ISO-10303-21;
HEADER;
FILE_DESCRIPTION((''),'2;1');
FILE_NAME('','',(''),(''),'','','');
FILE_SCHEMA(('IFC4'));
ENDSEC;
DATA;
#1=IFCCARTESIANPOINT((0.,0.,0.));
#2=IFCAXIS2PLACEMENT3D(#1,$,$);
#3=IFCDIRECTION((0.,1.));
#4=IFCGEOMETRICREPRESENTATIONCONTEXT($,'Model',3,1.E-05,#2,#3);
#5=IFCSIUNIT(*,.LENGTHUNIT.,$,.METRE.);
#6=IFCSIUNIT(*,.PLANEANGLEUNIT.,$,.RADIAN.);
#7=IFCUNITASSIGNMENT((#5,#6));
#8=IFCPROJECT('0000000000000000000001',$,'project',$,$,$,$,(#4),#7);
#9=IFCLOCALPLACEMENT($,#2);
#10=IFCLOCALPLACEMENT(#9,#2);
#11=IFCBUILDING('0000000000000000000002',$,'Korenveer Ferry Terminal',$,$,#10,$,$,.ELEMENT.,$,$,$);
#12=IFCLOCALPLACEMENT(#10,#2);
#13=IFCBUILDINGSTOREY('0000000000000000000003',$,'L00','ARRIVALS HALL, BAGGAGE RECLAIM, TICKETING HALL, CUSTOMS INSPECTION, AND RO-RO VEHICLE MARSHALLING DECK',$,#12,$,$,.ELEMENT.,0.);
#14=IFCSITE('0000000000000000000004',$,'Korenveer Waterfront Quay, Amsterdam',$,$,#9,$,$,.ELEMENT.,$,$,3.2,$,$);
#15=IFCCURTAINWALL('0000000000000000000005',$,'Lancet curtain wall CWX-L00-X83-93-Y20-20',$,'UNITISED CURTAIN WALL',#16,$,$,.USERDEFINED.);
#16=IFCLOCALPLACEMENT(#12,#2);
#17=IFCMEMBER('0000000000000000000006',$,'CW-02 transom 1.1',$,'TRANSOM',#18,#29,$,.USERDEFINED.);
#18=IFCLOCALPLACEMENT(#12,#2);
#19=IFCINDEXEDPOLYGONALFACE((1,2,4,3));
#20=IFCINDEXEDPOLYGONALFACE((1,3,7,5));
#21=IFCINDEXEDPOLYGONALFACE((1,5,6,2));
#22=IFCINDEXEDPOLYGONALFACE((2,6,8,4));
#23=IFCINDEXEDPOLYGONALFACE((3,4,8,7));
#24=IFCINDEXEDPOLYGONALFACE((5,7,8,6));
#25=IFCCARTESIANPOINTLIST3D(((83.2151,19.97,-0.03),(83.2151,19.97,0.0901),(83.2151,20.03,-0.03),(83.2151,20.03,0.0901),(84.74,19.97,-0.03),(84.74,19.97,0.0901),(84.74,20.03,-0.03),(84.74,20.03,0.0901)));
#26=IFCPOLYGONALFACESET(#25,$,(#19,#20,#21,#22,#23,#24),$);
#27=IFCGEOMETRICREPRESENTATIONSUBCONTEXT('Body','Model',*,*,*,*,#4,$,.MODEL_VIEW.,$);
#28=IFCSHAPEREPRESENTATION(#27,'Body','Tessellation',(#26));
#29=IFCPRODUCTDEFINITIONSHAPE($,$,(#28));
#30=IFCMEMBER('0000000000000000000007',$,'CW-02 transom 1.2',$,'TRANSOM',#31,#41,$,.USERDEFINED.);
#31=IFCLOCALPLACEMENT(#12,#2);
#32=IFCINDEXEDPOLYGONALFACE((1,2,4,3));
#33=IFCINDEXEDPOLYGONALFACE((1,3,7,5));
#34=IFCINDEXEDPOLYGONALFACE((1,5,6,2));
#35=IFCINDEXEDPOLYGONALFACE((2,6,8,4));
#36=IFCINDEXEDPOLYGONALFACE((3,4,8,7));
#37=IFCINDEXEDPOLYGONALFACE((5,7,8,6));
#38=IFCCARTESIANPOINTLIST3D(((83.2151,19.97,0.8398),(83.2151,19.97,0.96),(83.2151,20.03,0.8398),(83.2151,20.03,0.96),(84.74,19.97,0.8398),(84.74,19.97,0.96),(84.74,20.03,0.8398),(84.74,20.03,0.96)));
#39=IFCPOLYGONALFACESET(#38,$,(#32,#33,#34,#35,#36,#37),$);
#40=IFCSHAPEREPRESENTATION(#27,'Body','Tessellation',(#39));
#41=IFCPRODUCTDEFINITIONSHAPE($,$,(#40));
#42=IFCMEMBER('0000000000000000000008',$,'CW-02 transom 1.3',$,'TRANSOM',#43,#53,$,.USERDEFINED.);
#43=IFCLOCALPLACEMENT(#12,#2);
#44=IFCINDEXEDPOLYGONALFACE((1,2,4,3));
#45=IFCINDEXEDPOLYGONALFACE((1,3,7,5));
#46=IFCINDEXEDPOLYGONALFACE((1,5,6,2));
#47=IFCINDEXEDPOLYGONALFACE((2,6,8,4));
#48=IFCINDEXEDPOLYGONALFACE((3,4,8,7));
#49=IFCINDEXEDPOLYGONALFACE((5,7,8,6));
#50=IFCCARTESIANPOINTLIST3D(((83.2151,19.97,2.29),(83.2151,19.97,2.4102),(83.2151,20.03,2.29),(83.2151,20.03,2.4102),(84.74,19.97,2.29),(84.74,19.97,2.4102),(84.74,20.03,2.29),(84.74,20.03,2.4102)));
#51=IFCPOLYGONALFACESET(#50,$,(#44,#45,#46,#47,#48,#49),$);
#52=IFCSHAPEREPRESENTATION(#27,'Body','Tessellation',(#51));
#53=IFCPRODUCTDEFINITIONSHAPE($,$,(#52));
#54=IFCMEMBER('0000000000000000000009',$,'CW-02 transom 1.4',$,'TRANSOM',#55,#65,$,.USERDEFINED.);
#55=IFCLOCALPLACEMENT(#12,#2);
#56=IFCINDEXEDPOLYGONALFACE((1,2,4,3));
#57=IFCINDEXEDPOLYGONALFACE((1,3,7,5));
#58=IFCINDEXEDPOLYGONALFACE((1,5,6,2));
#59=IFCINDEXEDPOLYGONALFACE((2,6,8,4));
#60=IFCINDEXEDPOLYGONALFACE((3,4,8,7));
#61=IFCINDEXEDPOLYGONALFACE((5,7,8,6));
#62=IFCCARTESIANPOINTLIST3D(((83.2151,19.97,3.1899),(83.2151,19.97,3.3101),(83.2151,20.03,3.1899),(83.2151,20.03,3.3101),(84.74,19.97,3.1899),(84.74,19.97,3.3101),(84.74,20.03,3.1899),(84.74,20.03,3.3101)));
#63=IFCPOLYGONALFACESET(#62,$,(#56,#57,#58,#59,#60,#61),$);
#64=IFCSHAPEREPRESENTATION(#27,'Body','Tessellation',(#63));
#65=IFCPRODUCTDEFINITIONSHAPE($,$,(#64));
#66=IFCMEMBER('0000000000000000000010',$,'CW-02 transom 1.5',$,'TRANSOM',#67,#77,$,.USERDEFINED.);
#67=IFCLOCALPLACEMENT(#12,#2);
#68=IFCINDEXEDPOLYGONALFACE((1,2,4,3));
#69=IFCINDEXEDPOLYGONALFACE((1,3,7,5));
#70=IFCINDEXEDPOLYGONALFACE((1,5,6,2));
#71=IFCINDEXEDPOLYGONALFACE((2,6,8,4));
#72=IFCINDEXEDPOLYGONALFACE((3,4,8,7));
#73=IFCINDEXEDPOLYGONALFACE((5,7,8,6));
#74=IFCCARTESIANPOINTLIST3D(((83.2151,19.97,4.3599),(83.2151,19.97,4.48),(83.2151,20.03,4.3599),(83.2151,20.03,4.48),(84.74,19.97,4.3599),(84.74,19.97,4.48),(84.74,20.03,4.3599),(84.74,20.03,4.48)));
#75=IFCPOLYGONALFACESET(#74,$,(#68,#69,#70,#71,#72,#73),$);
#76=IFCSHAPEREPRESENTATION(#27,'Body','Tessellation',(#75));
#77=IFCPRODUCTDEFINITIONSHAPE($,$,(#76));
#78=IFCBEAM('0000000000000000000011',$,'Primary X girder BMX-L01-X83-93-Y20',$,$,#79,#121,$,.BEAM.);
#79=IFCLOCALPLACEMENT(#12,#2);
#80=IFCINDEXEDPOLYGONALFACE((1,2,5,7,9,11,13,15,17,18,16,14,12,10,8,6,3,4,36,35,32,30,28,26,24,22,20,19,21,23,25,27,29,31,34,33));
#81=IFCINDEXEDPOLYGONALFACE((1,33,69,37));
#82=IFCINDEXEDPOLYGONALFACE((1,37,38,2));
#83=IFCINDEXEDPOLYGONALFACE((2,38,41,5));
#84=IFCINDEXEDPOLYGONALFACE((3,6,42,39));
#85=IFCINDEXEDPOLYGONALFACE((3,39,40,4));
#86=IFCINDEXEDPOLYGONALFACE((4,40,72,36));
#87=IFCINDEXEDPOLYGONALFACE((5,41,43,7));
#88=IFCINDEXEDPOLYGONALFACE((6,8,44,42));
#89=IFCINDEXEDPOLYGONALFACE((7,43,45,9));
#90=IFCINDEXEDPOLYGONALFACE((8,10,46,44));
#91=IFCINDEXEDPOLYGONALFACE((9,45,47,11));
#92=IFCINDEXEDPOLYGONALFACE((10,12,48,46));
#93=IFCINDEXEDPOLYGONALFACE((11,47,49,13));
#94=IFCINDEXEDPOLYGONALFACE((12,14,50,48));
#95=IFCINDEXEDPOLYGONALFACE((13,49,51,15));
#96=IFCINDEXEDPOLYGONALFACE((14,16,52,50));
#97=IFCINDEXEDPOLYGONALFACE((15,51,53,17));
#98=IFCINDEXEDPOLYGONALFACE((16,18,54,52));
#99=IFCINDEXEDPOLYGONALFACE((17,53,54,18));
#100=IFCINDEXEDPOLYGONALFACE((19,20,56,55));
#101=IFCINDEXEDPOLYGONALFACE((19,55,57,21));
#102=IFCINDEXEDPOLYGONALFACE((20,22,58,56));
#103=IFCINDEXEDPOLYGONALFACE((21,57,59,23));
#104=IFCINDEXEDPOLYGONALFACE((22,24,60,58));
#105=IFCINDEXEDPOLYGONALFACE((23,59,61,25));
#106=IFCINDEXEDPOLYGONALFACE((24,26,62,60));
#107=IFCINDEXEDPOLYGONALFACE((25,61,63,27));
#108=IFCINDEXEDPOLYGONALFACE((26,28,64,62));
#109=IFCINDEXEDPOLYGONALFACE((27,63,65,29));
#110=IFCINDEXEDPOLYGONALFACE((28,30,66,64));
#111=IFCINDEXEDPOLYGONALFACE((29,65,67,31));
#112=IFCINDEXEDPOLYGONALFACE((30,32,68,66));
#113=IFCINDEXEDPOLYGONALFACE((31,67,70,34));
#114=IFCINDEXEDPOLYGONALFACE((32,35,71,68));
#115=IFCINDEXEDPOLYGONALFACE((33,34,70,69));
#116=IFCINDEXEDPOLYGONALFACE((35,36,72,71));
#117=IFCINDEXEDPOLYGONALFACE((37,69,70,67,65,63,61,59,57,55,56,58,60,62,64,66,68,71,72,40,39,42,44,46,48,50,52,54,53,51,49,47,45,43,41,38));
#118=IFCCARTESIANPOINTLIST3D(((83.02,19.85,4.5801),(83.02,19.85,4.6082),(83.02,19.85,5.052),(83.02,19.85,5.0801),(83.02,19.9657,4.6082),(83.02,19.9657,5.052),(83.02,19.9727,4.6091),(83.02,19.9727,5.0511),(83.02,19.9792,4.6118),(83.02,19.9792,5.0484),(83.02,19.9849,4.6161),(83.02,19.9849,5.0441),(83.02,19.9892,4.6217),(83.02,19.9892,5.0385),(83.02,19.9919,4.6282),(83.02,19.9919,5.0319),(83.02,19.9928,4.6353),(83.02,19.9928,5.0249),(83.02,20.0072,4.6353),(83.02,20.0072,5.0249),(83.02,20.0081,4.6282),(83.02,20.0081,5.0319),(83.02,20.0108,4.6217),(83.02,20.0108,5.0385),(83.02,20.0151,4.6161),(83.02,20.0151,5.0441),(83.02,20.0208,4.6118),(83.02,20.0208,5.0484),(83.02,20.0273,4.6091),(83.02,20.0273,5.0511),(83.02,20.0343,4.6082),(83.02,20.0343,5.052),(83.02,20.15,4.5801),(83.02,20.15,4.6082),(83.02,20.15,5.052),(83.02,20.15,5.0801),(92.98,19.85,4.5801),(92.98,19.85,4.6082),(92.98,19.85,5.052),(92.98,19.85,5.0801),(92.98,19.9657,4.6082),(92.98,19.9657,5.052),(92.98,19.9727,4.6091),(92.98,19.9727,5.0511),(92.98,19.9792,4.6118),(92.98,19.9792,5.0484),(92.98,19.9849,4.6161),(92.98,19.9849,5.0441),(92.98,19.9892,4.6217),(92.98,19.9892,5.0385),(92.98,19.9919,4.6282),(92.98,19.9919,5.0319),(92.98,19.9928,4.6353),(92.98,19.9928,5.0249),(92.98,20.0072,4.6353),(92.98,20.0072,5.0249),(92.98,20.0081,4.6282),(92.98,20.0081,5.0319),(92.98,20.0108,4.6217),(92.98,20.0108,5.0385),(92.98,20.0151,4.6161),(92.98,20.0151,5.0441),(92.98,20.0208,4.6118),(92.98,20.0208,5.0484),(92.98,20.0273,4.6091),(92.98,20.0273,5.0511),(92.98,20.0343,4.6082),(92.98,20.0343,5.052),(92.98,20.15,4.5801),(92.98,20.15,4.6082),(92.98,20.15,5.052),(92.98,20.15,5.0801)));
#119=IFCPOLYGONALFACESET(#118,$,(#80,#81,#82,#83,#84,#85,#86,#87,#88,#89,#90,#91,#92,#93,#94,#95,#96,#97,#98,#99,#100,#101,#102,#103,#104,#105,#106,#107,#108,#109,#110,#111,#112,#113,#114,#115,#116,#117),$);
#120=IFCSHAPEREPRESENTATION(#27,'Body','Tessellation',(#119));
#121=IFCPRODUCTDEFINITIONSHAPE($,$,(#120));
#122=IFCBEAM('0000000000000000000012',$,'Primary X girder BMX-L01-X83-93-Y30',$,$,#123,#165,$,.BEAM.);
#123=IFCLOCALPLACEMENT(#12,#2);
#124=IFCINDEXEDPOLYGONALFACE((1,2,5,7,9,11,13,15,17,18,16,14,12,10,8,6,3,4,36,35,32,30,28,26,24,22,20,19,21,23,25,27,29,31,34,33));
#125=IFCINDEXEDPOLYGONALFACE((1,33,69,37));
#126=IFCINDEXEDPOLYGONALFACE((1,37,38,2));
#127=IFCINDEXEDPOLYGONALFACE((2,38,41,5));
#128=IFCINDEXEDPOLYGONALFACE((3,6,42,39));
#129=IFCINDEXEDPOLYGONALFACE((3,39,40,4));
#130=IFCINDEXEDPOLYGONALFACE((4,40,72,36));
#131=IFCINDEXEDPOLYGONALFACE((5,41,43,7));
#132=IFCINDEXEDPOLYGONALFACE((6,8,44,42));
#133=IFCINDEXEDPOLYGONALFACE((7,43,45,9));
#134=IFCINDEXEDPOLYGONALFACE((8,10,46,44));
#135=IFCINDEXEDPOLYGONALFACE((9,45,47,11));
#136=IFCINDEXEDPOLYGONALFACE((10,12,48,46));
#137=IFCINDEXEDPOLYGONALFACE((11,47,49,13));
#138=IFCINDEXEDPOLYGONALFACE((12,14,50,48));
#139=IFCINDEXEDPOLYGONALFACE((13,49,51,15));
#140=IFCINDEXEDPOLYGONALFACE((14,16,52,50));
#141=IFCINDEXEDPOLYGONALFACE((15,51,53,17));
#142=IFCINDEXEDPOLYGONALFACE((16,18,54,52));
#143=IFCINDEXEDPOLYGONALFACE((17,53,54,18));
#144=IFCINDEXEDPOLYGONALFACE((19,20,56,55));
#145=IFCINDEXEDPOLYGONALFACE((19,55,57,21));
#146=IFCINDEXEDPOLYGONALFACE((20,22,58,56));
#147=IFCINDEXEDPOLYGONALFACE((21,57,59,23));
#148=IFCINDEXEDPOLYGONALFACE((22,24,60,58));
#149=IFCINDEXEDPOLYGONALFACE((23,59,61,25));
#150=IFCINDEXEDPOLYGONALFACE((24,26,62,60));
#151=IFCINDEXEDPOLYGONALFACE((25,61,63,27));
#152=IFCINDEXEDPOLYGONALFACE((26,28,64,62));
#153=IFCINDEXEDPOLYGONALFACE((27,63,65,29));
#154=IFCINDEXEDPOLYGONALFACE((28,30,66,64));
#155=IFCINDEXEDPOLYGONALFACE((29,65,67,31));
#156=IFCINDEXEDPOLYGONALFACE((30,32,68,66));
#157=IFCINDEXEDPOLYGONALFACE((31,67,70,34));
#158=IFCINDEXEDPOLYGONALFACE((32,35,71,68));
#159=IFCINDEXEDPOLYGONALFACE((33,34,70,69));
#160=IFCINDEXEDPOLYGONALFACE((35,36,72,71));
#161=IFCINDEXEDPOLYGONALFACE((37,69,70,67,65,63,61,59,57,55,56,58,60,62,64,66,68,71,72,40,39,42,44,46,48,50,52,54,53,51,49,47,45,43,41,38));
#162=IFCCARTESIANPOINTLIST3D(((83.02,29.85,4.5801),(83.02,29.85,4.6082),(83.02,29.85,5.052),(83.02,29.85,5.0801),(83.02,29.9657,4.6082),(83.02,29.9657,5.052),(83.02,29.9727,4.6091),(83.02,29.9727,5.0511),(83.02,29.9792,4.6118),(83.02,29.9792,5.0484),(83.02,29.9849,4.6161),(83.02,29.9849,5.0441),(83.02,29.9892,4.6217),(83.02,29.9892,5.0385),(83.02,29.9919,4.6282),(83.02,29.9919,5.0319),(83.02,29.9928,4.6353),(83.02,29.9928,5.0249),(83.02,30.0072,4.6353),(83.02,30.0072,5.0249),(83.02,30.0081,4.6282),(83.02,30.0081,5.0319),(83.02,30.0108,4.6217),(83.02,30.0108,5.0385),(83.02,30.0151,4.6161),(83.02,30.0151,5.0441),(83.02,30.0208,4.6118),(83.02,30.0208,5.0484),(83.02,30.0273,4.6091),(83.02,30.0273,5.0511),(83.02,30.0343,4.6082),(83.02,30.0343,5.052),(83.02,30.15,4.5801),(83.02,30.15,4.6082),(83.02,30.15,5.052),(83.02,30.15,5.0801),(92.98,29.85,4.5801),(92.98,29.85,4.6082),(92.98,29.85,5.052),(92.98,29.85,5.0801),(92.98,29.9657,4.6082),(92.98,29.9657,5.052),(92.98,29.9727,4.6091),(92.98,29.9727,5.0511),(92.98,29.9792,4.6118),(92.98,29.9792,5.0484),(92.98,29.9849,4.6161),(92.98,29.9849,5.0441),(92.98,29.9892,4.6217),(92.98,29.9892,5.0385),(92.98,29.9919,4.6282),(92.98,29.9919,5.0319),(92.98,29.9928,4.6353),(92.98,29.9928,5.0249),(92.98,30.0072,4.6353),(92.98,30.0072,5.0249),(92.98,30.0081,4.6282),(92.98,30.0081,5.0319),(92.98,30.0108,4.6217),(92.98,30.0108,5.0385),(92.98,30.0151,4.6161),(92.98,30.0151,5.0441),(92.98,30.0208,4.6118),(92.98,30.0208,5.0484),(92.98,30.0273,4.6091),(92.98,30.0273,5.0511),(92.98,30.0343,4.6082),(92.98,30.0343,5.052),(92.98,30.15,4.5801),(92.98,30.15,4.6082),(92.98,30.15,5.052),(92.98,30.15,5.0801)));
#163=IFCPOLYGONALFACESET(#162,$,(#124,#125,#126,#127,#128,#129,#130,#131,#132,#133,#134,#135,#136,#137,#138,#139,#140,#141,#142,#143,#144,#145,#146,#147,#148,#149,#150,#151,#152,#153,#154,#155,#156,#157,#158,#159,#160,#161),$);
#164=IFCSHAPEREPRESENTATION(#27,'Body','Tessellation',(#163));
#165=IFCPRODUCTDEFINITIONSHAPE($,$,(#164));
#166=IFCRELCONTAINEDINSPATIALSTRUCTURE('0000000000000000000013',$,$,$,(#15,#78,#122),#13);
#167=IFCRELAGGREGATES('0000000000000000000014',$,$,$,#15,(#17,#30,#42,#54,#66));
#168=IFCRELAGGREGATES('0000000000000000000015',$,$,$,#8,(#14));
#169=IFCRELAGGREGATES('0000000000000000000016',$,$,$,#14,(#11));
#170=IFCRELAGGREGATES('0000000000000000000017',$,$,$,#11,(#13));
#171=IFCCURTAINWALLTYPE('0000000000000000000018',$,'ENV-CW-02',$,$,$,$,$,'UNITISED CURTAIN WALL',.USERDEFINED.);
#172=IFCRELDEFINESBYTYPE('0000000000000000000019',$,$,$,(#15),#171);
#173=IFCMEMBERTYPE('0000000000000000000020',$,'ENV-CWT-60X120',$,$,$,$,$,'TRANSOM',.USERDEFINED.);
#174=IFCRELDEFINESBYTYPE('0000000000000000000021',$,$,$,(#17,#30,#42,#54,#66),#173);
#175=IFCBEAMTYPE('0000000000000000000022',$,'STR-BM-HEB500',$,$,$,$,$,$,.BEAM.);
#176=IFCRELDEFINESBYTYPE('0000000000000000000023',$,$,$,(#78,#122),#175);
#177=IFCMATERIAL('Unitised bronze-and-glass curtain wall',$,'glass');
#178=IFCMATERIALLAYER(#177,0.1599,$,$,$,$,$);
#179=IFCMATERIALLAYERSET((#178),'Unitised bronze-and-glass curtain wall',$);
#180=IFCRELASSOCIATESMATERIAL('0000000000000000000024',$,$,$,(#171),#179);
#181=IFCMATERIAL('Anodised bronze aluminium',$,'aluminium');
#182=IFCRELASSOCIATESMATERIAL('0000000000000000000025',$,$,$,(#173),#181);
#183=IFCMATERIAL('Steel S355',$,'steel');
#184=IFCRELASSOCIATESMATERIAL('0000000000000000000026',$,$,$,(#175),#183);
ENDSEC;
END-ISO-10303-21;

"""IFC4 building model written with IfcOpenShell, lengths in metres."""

from ifc_helpers import new_model, si_unit, direction, frame, origin, origin_2d, place, context, subcontext, project, spatial, rectangle, i_section, extrude, material, layer, layer_set, material_profile, profile_set, type_object, element, aggregate, save


model = new_model("IFC4")

# Units and contexts
model_context = context("Model", 3, precision=1e-05, world=origin(), true_north=direction((0.0, 1.0)))
body_context = subcontext(model_context, "Body", "Model", "MODEL_VIEW")
ifc_project = project(units=[si_unit("LENGTHUNIT", "METRE"), si_unit("PLANEANGLEUNIT", "RADIAN")], contexts=[model_context])

# Site, building, storey
site_placement = place(None, origin())
site = spatial("IfcSite", under=ifc_project, at=site_placement, Name="Korenveer Waterfront Quay, Amsterdam", CompositionType="ELEMENT", RefElevation=3.2)
building_placement = place(site_placement, origin())
building = spatial("IfcBuilding", under=site, at=building_placement, Name="Korenveer Ferry Terminal", CompositionType="ELEMENT")
storey_placement = place(building_placement, origin())
storey = spatial("IfcBuildingStorey", under=building, at=storey_placement, Name="L00", Description="ARRIVALS HALL, BAGGAGE RECLAIM, TICKETING HALL, CUSTOMS INSPECTION, AND RO-RO VEHICLE MARSHALLING DECK", CompositionType="ELEMENT", Elevation=0.0)

# Shared definitions
ifc_material_1 = material(Name="Steel S355", Category="steel")

# Curtain wall, members
ifc_material_2 = material(Name="Unitised bronze-and-glass curtain wall", Category="glass")
ifc_layer_1 = layer(ifc_material_2, 0.1599)
ifc_layer_set_1 = layer_set([ifc_layer_1], Name="Unitised bronze-and-glass curtain wall")
curtain_wall_type = type_object("IfcCurtainWallType", Name="ENV-CW-02", ElementType="UNITISED CURTAIN WALL", PredefinedType="USERDEFINED", material=ifc_layer_set_1)
curtain_wall_placement = place(storey_placement, frame((83.155, 20.0, 0.0)))
curtain_wall = element("IfcCurtainWall", 1, at=curtain_wall_placement, inside=storey, type_object=curtain_wall_type, Name="Lancet curtain wall CWX-L00-X83-93-Y20-20", ObjectType="UNITISED CURTAIN WALL", PredefinedType="USERDEFINED")
ifc_material_3 = material(Name="Anodised bronze aluminium", Category="aluminium")
ifc_material_profile_1 = material_profile(ifc_material_3, rectangle(XDim=0.0601, YDim=0.1201, at=origin_2d()), Name="ALU 60x120")
ifc_profile_set_1 = profile_set([ifc_material_profile_1], Name="Anodised bronze aluminium")
member_type_1 = type_object("IfcMemberType", Name="ENV-CWT-60X120", ElementType="TRANSOM", PredefinedType="USERDEFINED", material=ifc_profile_set_1)
member_1_placement = place(storey_placement, frame((83.2151, 20.0, 0.03), z_axis=(1.0, 0.0, 0.0), x_axis=(0.0, 1.0, 0.0)))
member_1 = element("IfcMember", 2, at=member_1_placement, type_object=member_type_1, Name="CW-02 transom 1.1", ObjectType="TRANSOM", PredefinedType="USERDEFINED", context=body_context, shape_type="SweptSolid", body=[
    extrude(rectangle(XDim=0.0601, YDim=0.1201, at=origin_2d()), origin(), (0.0, 0.0, 1.0), 1.5249),
])
member_2_placement = place(storey_placement, frame((83.2151, 20.0, 0.8999), z_axis=(1.0, 0.0, 0.0), x_axis=(0.0, 1.0, 0.0)))
member_2 = element("IfcMember", 3, at=member_2_placement, type_object=member_type_1, Name="CW-02 transom 1.2", ObjectType="TRANSOM", PredefinedType="USERDEFINED", context=body_context, shape_type="SweptSolid", body=[
    extrude(rectangle(XDim=0.0601, YDim=0.1201, at=origin_2d()), origin(), (0.0, 0.0, 1.0), 1.5249),
])
member_3_placement = place(storey_placement, frame((83.2151, 20.0, 2.3501), z_axis=(1.0, 0.0, 0.0), x_axis=(0.0, 1.0, 0.0)))
member_3 = element("IfcMember", 4, at=member_3_placement, type_object=member_type_1, Name="CW-02 transom 1.3", ObjectType="TRANSOM", PredefinedType="USERDEFINED", context=body_context, shape_type="SweptSolid", body=[
    extrude(rectangle(XDim=0.0601, YDim=0.1201, at=origin_2d()), origin(), (0.0, 0.0, 1.0), 1.5249),
])
member_4_placement = place(storey_placement, frame((83.2151, 20.0, 3.25), z_axis=(1.0, 0.0, 0.0), x_axis=(0.0, 1.0, 0.0)))
member_4 = element("IfcMember", 5, at=member_4_placement, type_object=member_type_1, Name="CW-02 transom 1.4", ObjectType="TRANSOM", PredefinedType="USERDEFINED", context=body_context, shape_type="SweptSolid", body=[
    extrude(rectangle(XDim=0.0601, YDim=0.1201, at=origin_2d()), origin(), (0.0, 0.0, 1.0), 1.5249),
])
member_5_placement = place(storey_placement, frame((83.2151, 20.0, 4.4199), z_axis=(1.0, 0.0, 0.0), x_axis=(0.0, 1.0, 0.0)))
member_5 = element("IfcMember", 6, at=member_5_placement, type_object=member_type_1, Name="CW-02 transom 1.5", ObjectType="TRANSOM", PredefinedType="USERDEFINED", context=body_context, shape_type="SweptSolid", body=[
    extrude(rectangle(XDim=0.0601, YDim=0.1201, at=origin_2d()), origin(), (0.0, 0.0, 1.0), 1.5249),
])

# Beams
ifc_material_profile_2 = material_profile(ifc_material_1, i_section(OverallWidth=0.3, OverallDepth=0.5, WebThickness=0.0144, FlangeThickness=0.0281, FilletRadius=0.0271, at=origin_2d()), Name="HEB 500")
ifc_profile_set_2 = profile_set([ifc_material_profile_2], Name="Steel S355")
beam_type = type_object("IfcBeamType", Name="STR-BM-HEB500", PredefinedType="BEAM", material=ifc_profile_set_2)
for number, where, z_axis, x_axis, name in (
    (7, (83.02, 20.0, 4.8301), (1.0, 0.0, 0.0), (0.0, 1.0, 0.0), "Primary X girder BMX-L01-X83-93-Y20"),
    (8, (83.02, 30.0, 4.8301), (1.0, 0.0, 0.0), (0.0, 1.0, 0.0), "Primary X girder BMX-L01-X83-93-Y30"),
):
    element("IfcBeam", number, at=place(storey_placement, frame(where, z_axis=z_axis, x_axis=x_axis)), inside=storey, type_object=beam_type, Name=name, PredefinedType="BEAM", context=body_context, shape_type="SweptSolid", body=[
        extrude(i_section(OverallWidth=0.3, OverallDepth=0.5, WebThickness=0.0144, FlangeThickness=0.0281, FilletRadius=0.0271, at=origin_2d()), origin(), (0.0, 0.0, 1.0), 9.96),
    ])

aggregate(curtain_wall, [member_1, member_2, member_3, member_4, member_5])

save(model, "model.ifc")
